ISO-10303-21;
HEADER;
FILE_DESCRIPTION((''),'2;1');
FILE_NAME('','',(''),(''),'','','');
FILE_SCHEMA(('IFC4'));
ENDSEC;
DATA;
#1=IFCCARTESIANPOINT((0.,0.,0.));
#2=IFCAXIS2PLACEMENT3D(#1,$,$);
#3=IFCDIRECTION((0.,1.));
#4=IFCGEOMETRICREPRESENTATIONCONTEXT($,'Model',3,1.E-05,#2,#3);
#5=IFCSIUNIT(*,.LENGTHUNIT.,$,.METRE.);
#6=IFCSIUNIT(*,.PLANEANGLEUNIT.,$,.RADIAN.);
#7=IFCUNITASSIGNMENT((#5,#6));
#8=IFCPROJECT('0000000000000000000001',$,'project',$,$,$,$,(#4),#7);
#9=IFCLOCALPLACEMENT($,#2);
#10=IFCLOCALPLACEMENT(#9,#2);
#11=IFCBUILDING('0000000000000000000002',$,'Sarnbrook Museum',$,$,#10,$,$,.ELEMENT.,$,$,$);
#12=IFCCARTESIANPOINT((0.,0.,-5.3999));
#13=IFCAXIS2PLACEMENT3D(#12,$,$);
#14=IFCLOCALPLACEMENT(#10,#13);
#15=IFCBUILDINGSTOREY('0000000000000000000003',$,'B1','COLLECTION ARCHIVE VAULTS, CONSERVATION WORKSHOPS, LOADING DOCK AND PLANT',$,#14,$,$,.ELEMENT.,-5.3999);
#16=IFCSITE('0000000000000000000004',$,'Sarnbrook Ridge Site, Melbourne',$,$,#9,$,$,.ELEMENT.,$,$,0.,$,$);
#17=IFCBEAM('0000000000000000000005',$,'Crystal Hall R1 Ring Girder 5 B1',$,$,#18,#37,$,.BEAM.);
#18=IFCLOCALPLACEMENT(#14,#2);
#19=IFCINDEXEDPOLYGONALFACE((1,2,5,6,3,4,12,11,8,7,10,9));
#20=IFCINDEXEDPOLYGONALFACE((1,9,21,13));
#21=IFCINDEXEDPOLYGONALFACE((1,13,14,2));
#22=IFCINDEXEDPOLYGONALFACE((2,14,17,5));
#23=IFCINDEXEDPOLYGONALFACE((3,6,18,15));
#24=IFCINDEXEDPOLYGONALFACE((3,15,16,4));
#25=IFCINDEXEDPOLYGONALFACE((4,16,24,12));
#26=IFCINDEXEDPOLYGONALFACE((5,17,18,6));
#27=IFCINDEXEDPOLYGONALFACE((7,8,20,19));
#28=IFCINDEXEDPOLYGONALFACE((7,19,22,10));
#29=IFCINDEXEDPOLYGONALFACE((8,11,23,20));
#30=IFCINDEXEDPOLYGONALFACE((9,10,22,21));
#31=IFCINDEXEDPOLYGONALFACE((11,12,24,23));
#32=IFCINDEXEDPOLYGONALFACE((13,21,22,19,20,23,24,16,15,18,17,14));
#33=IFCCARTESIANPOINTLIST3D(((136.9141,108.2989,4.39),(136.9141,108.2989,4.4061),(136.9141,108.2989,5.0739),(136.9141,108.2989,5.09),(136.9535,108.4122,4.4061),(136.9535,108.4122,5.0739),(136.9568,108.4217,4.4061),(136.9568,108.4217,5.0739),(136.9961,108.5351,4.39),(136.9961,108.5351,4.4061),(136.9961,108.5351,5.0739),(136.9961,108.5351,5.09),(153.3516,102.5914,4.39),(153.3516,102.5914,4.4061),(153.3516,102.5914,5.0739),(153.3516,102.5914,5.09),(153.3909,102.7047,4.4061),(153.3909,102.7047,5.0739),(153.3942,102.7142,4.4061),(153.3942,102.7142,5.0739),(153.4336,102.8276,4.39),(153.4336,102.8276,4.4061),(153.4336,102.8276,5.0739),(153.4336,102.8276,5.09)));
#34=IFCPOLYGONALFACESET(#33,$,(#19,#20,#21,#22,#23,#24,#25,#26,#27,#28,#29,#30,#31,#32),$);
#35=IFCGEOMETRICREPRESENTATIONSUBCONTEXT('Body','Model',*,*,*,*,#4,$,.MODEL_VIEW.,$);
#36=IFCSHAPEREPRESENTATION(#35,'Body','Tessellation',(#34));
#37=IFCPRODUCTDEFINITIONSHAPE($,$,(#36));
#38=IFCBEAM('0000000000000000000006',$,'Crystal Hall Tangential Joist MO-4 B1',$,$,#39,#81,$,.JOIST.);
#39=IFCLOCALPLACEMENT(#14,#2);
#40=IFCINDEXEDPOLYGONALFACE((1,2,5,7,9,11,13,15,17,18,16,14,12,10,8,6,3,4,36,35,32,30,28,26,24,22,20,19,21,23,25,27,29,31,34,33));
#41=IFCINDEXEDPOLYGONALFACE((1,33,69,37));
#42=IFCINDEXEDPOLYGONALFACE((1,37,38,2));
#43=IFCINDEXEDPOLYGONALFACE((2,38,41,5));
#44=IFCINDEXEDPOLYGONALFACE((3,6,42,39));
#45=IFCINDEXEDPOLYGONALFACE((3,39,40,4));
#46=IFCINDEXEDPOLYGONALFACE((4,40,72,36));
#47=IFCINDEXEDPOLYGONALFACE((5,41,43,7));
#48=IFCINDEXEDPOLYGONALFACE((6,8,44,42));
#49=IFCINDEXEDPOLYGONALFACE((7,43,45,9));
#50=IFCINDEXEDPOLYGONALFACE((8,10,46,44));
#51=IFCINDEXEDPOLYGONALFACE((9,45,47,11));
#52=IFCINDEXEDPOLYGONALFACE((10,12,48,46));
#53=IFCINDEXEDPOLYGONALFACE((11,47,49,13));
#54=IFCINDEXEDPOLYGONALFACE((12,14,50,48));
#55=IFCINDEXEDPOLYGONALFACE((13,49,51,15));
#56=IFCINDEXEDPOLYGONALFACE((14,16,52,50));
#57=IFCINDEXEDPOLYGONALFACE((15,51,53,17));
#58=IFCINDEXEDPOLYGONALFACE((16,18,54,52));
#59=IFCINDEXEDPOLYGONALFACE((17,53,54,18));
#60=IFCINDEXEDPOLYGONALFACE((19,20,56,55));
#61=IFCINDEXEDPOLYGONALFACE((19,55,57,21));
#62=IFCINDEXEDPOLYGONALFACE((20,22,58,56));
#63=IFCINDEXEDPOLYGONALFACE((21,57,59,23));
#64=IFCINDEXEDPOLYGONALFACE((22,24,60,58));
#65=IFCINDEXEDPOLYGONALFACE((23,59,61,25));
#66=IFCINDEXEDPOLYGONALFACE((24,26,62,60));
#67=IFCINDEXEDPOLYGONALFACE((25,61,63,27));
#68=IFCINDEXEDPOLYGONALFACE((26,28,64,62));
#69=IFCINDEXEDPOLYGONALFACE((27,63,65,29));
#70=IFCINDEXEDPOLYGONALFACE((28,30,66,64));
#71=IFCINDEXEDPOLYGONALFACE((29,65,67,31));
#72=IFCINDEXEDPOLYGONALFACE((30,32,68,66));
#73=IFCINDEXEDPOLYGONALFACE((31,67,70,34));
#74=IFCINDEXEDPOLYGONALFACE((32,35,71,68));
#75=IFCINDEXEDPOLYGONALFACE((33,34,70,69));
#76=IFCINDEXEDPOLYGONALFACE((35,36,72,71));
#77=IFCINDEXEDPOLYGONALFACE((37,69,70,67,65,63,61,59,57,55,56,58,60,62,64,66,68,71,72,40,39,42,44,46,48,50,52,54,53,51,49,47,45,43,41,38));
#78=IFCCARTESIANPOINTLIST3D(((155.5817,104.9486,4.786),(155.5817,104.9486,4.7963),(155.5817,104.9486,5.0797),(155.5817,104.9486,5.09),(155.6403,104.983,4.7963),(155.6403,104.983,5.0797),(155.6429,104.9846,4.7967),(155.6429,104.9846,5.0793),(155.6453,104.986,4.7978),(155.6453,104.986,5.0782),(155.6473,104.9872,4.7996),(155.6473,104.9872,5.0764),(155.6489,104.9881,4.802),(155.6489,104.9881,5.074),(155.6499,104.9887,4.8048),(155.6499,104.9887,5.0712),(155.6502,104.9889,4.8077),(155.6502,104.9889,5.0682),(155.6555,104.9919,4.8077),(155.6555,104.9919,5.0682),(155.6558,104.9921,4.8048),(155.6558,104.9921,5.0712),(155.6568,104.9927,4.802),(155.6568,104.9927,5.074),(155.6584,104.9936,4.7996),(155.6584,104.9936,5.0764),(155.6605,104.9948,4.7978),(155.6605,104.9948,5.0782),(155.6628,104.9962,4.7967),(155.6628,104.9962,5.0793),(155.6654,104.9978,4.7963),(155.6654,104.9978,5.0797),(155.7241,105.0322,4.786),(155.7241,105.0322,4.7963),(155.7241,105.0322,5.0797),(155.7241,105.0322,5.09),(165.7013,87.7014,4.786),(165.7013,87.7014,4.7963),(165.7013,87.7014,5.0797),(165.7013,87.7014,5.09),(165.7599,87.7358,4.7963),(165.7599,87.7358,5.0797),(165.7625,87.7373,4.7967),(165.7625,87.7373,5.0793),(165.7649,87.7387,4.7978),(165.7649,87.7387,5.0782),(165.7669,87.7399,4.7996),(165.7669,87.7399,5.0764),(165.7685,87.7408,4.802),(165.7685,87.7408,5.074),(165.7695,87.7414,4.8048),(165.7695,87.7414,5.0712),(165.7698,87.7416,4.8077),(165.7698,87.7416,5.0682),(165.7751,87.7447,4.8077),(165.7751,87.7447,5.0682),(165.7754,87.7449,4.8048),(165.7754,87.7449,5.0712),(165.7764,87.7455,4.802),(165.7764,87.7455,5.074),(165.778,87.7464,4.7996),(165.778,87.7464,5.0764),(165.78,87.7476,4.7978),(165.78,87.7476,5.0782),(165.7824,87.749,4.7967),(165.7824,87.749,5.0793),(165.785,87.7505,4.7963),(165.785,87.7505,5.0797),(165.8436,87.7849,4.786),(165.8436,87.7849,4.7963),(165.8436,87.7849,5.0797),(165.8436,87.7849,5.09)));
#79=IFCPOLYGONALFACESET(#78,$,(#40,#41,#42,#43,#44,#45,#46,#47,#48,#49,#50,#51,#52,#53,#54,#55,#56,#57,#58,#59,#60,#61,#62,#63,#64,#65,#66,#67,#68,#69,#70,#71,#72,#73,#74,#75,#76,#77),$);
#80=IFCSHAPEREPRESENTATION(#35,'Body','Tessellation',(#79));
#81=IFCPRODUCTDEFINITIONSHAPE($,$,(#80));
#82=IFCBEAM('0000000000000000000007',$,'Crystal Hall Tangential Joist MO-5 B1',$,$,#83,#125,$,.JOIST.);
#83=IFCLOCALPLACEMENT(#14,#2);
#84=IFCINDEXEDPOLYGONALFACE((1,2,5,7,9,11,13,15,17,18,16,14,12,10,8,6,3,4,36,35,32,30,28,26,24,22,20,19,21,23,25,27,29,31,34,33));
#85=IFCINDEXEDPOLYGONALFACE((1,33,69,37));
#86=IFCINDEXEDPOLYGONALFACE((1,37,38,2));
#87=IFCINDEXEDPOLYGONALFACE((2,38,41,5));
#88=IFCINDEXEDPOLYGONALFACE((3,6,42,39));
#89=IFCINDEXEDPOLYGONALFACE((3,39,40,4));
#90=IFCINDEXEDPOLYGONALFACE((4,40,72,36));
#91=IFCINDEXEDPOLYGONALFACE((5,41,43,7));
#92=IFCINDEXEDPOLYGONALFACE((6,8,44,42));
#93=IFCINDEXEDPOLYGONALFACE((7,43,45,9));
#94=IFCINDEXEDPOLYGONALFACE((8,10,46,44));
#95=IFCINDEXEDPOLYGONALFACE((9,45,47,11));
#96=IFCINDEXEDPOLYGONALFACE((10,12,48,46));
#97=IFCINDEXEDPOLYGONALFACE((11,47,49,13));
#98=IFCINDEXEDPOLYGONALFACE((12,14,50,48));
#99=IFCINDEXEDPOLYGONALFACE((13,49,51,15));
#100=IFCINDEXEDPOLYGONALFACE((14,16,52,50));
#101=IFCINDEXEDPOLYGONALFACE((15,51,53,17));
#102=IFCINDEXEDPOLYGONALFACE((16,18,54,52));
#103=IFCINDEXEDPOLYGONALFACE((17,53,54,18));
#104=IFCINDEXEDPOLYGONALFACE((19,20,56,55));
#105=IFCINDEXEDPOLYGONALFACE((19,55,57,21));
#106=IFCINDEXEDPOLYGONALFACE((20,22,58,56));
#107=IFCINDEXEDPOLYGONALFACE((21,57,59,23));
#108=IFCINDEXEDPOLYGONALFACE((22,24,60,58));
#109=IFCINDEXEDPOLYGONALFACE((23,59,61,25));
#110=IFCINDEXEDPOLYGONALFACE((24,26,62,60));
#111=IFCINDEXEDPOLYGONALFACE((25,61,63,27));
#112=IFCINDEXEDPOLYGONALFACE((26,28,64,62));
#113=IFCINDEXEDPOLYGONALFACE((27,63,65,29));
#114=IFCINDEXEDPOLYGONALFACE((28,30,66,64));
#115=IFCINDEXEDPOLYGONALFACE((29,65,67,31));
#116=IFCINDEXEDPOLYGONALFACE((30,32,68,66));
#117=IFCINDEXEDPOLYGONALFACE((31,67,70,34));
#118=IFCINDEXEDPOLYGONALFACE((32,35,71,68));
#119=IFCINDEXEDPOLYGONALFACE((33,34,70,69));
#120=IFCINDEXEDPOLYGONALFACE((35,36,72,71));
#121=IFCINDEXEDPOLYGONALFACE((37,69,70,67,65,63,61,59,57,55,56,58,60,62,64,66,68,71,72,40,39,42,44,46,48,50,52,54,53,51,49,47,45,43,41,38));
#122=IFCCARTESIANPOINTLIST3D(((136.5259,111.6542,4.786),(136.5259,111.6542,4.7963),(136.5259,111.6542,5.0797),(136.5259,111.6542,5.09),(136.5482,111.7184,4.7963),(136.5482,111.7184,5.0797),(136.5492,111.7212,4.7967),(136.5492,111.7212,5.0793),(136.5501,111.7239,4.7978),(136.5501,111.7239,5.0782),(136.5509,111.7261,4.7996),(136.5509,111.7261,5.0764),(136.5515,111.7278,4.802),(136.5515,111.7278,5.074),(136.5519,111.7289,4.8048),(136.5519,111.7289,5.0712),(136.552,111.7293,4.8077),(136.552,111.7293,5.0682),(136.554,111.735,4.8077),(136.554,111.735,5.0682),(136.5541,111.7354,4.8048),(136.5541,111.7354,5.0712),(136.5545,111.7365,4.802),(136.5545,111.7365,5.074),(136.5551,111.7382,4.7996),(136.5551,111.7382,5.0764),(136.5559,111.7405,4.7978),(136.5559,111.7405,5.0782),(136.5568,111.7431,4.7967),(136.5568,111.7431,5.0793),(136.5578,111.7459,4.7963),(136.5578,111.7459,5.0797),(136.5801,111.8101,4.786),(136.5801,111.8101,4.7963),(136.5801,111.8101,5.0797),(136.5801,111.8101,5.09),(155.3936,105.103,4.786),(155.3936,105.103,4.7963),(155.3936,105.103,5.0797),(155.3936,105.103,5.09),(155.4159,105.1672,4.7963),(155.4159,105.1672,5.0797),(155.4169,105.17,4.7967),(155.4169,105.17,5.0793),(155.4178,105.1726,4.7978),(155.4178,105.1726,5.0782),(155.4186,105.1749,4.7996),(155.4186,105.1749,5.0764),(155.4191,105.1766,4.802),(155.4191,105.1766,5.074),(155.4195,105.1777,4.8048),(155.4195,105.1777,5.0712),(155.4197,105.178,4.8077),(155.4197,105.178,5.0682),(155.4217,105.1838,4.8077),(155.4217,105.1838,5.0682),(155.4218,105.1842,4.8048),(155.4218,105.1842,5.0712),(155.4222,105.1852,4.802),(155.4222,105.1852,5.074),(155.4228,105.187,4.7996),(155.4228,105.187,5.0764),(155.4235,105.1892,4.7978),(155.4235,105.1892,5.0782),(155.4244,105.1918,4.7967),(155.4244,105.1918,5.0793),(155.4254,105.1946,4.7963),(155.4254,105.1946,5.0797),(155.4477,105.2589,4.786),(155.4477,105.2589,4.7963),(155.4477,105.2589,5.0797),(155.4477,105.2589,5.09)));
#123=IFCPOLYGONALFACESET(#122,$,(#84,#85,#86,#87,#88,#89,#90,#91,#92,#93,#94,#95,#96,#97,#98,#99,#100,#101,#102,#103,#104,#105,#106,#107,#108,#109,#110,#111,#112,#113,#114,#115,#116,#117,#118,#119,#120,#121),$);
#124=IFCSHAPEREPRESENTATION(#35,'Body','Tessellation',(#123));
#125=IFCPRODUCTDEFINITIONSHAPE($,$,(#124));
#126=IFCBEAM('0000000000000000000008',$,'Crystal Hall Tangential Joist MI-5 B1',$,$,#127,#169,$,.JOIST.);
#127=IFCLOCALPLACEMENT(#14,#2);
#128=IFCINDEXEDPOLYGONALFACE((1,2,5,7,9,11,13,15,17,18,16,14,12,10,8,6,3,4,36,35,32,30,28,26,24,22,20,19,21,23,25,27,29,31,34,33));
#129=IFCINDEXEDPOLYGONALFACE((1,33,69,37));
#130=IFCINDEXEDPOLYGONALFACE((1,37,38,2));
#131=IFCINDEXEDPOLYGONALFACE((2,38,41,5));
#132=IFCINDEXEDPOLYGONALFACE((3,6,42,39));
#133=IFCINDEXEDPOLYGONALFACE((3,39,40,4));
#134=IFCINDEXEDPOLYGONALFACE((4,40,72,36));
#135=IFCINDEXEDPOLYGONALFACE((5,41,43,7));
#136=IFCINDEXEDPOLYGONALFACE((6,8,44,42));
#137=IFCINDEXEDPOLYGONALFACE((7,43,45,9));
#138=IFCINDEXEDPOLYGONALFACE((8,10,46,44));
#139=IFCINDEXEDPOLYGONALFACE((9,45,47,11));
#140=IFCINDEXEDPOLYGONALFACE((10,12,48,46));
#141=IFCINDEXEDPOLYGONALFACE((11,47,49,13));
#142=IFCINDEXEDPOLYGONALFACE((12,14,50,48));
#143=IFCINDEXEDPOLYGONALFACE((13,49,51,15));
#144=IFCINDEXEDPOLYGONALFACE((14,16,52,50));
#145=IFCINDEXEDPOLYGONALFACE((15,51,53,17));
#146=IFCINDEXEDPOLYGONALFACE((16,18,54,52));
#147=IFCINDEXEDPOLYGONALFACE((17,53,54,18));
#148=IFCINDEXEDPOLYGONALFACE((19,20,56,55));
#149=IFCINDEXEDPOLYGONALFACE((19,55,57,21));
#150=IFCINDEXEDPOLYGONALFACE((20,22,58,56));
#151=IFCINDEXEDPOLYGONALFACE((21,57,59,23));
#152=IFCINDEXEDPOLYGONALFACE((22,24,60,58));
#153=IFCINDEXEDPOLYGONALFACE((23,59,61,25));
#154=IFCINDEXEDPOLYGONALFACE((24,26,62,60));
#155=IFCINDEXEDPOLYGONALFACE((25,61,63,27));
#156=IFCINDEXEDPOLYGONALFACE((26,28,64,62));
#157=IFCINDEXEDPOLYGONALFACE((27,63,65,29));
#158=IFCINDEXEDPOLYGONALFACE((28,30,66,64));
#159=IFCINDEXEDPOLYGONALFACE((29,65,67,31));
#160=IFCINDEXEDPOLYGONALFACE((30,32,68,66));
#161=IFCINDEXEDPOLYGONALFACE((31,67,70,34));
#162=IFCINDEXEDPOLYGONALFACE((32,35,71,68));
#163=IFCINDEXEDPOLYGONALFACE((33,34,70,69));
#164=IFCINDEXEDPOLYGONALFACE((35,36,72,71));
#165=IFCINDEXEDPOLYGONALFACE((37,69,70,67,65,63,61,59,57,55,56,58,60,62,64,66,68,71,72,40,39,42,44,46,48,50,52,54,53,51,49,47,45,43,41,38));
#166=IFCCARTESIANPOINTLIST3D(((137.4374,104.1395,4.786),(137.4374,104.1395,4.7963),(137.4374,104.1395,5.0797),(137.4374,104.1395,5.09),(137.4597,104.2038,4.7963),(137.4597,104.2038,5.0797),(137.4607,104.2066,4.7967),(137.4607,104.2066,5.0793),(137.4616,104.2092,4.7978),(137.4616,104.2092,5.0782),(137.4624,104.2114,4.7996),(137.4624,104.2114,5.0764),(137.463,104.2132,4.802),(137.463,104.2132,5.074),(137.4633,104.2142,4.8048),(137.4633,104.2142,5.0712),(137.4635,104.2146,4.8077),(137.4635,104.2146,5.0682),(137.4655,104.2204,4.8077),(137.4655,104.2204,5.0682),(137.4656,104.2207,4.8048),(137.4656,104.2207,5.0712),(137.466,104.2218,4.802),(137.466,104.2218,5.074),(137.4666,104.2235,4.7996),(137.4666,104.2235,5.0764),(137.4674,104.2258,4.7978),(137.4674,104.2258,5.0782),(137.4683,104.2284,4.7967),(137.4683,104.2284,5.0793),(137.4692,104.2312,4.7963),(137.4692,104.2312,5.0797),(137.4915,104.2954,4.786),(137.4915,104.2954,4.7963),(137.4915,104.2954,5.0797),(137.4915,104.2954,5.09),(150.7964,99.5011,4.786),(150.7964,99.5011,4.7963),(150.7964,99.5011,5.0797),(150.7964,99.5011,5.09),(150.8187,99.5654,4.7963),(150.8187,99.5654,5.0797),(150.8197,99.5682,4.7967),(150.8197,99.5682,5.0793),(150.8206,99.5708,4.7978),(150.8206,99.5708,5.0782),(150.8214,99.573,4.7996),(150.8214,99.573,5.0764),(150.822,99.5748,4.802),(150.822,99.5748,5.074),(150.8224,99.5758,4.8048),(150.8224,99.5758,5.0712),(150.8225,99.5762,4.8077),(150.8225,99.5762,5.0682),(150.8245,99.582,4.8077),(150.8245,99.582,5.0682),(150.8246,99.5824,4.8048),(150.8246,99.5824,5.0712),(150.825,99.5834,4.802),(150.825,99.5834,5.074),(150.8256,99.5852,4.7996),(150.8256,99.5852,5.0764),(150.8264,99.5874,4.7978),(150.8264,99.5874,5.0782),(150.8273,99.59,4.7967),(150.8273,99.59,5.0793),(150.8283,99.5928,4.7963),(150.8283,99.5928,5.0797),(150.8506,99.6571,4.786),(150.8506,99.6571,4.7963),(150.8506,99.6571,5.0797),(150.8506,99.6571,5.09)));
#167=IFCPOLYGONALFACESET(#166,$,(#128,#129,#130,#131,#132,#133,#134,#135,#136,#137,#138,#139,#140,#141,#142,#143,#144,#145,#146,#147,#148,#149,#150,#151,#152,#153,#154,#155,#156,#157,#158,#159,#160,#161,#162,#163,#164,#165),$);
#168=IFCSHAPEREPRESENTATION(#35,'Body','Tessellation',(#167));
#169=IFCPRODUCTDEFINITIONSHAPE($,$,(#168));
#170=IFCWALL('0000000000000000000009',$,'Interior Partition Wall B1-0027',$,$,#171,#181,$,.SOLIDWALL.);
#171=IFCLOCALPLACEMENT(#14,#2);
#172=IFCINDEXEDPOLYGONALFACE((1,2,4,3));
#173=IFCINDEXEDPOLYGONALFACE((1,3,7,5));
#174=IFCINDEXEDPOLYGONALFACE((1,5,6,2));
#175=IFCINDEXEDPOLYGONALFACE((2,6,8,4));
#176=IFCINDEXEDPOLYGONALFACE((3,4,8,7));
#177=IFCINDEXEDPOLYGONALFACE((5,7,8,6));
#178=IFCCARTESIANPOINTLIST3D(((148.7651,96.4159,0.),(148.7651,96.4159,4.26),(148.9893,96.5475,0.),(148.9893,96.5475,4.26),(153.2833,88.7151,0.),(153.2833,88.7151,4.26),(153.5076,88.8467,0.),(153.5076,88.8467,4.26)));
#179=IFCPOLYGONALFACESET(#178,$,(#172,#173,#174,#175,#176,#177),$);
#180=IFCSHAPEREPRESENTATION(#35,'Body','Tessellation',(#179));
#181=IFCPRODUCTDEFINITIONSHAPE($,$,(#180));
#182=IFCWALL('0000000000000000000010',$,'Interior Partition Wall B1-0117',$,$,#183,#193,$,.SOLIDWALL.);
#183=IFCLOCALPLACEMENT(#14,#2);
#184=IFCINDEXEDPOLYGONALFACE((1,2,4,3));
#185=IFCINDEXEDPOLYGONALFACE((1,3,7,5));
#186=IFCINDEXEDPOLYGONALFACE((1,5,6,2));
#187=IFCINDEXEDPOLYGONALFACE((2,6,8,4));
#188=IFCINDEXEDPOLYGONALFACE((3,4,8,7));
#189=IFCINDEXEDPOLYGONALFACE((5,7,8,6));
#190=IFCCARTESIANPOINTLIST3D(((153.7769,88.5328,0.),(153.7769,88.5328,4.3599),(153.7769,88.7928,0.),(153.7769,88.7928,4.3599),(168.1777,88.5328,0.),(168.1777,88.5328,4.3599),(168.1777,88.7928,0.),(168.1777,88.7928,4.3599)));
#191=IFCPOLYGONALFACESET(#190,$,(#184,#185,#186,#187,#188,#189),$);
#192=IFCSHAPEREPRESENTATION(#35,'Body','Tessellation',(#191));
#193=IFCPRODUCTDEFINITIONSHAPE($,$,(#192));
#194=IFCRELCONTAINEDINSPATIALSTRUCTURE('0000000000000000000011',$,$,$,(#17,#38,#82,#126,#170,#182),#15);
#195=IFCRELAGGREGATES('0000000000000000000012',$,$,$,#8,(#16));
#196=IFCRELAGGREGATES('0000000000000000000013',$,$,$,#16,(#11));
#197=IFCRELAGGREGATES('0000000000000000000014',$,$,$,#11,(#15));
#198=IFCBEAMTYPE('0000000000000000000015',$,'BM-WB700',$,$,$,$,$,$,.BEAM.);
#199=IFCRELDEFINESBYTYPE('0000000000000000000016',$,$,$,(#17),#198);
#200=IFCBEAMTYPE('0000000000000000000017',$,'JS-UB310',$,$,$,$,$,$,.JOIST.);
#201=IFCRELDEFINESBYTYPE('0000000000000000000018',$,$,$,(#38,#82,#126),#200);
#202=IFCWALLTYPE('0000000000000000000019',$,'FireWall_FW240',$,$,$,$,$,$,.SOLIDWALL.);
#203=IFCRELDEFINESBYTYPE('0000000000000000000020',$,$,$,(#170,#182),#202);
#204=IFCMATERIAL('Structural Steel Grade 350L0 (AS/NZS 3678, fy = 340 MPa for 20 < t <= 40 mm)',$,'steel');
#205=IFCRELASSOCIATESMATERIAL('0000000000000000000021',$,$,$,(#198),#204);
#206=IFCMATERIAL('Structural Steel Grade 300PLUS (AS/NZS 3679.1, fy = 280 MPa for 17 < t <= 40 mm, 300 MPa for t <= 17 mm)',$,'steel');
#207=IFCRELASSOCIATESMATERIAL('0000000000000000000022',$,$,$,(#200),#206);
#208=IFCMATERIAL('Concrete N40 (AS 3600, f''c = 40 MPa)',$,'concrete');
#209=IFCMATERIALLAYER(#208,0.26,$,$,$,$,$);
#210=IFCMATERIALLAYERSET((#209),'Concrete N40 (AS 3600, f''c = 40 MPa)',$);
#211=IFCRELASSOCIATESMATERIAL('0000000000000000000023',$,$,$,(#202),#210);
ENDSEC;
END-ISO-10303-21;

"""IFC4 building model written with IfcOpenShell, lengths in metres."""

from ifc_helpers import new_model, si_unit, direction, frame, frame_2d, origin, origin_2d, place, context, subcontext, project, spatial, rectangle, i_section, extrude, material, layer, layer_set, material_profile, profile_set, type_object, element, save


model = new_model("IFC4")

# Units and contexts
model_context = context("Model", 3, precision=1e-05, world=origin(), true_north=direction((0.0, 1.0)))
body_context = subcontext(model_context, "Body", "Model", "MODEL_VIEW")
ifc_project = project(units=[si_unit("LENGTHUNIT", "METRE"), si_unit("PLANEANGLEUNIT", "RADIAN")], contexts=[model_context])

# Site, building, storey
site_placement = place(None, origin())
site = spatial("IfcSite", under=ifc_project, at=site_placement, Name="Sarnbrook Ridge Site, Melbourne", CompositionType="ELEMENT", RefElevation=0.0)
building_placement = place(site_placement, origin())
building = spatial("IfcBuilding", under=site, at=building_placement, Name="Sarnbrook Museum", CompositionType="ELEMENT")
storey_placement = place(building_placement, frame((0.0, 0.0, -5.3999)))
storey = spatial("IfcBuildingStorey", under=building, at=storey_placement, Name="B1", Description="COLLECTION ARCHIVE VAULTS, CONSERVATION WORKSHOPS, LOADING DOCK AND PLANT", CompositionType="ELEMENT", Elevation=-5.3999)

# Shared definitions
ifc_material_1 = material(Name="Concrete N40 (AS 3600, f'c = 40 MPa)", Category="concrete")

# Shared definitions
ifc_material_2 = material(Name="Structural Steel Grade 350L0 (AS/NZS 3678, fy = 340 MPa for 20 < t <= 40 mm)", Category="steel")

# Beams
ifc_material_profile_1 = material_profile(ifc_material_2, i_section(OverallWidth=0.25, OverallDepth=0.7, WebThickness=0.01, FlangeThickness=0.0161, at=origin_2d()), Name="700WB130")
ifc_profile_set_1 = profile_set([ifc_material_profile_1], Name="Structural Steel Grade 350L0 (AS/NZS 3678, fy = 340 MPa for 20 < t <= 40 mm)")
beam_type_1 = type_object("IfcBeamType", Name="BM-WB700", PredefinedType="BEAM", material=ifc_profile_set_1)
beam_1_placement = place(storey_placement, frame((153.3926, 102.7095, 4.74), z_axis=(-0.944673, 0.328014, 0.0), x_axis=(-0.328014, -0.944673, 0.0)))
element("IfcBeam", 1, at=beam_1_placement, inside=storey, type_object=beam_type_1, Name="Crystal Hall R1 Ring Girder 5 B1", PredefinedType="BEAM", context=body_context, shape_type="SweptSolid", body=[
    extrude(i_section(OverallWidth=0.25, OverallDepth=0.7, WebThickness=0.01, FlangeThickness=0.0161, at=origin_2d()), origin(), (0.0, 0.0, 1.0), 17.4001),
])
ifc_material_3 = material(Name="Structural Steel Grade 300PLUS (AS/NZS 3679.1, fy = 280 MPa for 17 < t <= 40 mm, 300 MPa for t <= 17 mm)", Category="steel")
ifc_material_profile_2 = material_profile(ifc_material_3, i_section(OverallWidth=0.165, OverallDepth=0.304, WebThickness=0.0061, FlangeThickness=0.0103, FilletRadius=0.0115, at=origin_2d()), Name="310UB40.4")
ifc_profile_set_2 = profile_set([ifc_material_profile_2], Name="Structural Steel Grade 300PLUS (AS/NZS 3679.1, fy = 280 MPa for 17 < t <= 40 mm, 300 MPa for t <= 17 mm)")
beam_type_2 = type_object("IfcBeamType", Name="JS-UB310", PredefinedType="JOIST", material=ifc_profile_set_2)
beam_2_placement = place(storey_placement, frame((165.7725, 87.7432, 4.938), z_axis=(-0.506059, 0.862499, 0.0), x_axis=(-0.862499, -0.506059, 0.0)))
element("IfcBeam", 2, at=beam_2_placement, inside=storey, type_object=beam_type_2, Name="Crystal Hall Tangential Joist MO-4 B1", PredefinedType="JOIST", context=body_context, shape_type="SweptSolid", body=[
    extrude(i_section(OverallWidth=0.165, OverallDepth=0.304, WebThickness=0.0061, FlangeThickness=0.0103, FilletRadius=0.0115, at=origin_2d()), origin(), (0.0, 0.0, 1.0), 19.9968),
])
beam_3_placement = place(storey_placement, frame((155.4207, 105.1809, 4.938), z_axis=(-0.944674, 0.328011, 0.0), x_axis=(-0.328011, -0.944674, 0.0)))
element("IfcBeam", 3, at=beam_3_placement, inside=storey, type_object=beam_type_2, Name="Crystal Hall Tangential Joist MO-5 B1", PredefinedType="JOIST", context=body_context, shape_type="SweptSolid", body=[
    extrude(i_section(OverallWidth=0.165, OverallDepth=0.304, WebThickness=0.0061, FlangeThickness=0.0103, FilletRadius=0.0115, at=origin_2d()), origin(), (0.0, 0.0, 1.0), 19.9727),
])
beam_4_placement = place(storey_placement, frame((150.8235, 99.5791, 4.938), z_axis=(-0.944677, 0.328002, 0.0), x_axis=(-0.328002, -0.944677, 0.0)))
element("IfcBeam", 4, at=beam_4_placement, inside=storey, type_object=beam_type_2, Name="Crystal Hall Tangential Joist MI-5 B1", PredefinedType="JOIST", context=body_context, shape_type="SweptSolid", body=[
    extrude(i_section(OverallWidth=0.165, OverallDepth=0.304, WebThickness=0.0061, FlangeThickness=0.0103, FilletRadius=0.0115, at=origin_2d()), origin(), (0.0, 0.0, 1.0), 14.1414),
])

# Walls
ifc_layer_1 = layer(ifc_material_1, 0.26)
ifc_layer_set_1 = layer_set([ifc_layer_1], Name="Concrete N40 (AS 3600, f'c = 40 MPa)")
wall_type_1 = type_object("IfcWallType", Name="FireWall_FW240", PredefinedType="SOLIDWALL", material=ifc_layer_set_1)
wall_1_placement = place(storey_placement, frame((153.3955, 88.7808, 0.0), z_axis=(0.0, 0.0, 1.0), x_axis=(-0.506051, 0.862504, 0.0)))
element("IfcWall", 5, at=wall_1_placement, inside=storey, type_object=wall_type_1, Name="Interior Partition Wall B1-0027", PredefinedType="SOLIDWALL", context=body_context, shape_type="SweptSolid", body=[
    extrude(rectangle(XDim=8.9285, YDim=0.26, at=frame_2d((4.4644, 0.0))), origin(), (0.0, 0.0, 1.0), 4.26),
])
wall_2_placement = place(storey_placement, frame((153.7769, 88.6628, 0.0), z_axis=(0.0, 0.0, 1.0), x_axis=(1.0, 0.0, 0.0)))
element("IfcWall", 6, at=wall_2_placement, inside=storey, type_object=wall_type_1, Name="Interior Partition Wall B1-0117", PredefinedType="SOLIDWALL", context=body_context, shape_type="SweptSolid", body=[
    extrude(rectangle(XDim=14.4009, YDim=0.26, at=frame_2d((7.2004, 0.0))), origin(), (0.0, 0.0, 1.0), 4.3599),
])

save(model, "model.ifc")
